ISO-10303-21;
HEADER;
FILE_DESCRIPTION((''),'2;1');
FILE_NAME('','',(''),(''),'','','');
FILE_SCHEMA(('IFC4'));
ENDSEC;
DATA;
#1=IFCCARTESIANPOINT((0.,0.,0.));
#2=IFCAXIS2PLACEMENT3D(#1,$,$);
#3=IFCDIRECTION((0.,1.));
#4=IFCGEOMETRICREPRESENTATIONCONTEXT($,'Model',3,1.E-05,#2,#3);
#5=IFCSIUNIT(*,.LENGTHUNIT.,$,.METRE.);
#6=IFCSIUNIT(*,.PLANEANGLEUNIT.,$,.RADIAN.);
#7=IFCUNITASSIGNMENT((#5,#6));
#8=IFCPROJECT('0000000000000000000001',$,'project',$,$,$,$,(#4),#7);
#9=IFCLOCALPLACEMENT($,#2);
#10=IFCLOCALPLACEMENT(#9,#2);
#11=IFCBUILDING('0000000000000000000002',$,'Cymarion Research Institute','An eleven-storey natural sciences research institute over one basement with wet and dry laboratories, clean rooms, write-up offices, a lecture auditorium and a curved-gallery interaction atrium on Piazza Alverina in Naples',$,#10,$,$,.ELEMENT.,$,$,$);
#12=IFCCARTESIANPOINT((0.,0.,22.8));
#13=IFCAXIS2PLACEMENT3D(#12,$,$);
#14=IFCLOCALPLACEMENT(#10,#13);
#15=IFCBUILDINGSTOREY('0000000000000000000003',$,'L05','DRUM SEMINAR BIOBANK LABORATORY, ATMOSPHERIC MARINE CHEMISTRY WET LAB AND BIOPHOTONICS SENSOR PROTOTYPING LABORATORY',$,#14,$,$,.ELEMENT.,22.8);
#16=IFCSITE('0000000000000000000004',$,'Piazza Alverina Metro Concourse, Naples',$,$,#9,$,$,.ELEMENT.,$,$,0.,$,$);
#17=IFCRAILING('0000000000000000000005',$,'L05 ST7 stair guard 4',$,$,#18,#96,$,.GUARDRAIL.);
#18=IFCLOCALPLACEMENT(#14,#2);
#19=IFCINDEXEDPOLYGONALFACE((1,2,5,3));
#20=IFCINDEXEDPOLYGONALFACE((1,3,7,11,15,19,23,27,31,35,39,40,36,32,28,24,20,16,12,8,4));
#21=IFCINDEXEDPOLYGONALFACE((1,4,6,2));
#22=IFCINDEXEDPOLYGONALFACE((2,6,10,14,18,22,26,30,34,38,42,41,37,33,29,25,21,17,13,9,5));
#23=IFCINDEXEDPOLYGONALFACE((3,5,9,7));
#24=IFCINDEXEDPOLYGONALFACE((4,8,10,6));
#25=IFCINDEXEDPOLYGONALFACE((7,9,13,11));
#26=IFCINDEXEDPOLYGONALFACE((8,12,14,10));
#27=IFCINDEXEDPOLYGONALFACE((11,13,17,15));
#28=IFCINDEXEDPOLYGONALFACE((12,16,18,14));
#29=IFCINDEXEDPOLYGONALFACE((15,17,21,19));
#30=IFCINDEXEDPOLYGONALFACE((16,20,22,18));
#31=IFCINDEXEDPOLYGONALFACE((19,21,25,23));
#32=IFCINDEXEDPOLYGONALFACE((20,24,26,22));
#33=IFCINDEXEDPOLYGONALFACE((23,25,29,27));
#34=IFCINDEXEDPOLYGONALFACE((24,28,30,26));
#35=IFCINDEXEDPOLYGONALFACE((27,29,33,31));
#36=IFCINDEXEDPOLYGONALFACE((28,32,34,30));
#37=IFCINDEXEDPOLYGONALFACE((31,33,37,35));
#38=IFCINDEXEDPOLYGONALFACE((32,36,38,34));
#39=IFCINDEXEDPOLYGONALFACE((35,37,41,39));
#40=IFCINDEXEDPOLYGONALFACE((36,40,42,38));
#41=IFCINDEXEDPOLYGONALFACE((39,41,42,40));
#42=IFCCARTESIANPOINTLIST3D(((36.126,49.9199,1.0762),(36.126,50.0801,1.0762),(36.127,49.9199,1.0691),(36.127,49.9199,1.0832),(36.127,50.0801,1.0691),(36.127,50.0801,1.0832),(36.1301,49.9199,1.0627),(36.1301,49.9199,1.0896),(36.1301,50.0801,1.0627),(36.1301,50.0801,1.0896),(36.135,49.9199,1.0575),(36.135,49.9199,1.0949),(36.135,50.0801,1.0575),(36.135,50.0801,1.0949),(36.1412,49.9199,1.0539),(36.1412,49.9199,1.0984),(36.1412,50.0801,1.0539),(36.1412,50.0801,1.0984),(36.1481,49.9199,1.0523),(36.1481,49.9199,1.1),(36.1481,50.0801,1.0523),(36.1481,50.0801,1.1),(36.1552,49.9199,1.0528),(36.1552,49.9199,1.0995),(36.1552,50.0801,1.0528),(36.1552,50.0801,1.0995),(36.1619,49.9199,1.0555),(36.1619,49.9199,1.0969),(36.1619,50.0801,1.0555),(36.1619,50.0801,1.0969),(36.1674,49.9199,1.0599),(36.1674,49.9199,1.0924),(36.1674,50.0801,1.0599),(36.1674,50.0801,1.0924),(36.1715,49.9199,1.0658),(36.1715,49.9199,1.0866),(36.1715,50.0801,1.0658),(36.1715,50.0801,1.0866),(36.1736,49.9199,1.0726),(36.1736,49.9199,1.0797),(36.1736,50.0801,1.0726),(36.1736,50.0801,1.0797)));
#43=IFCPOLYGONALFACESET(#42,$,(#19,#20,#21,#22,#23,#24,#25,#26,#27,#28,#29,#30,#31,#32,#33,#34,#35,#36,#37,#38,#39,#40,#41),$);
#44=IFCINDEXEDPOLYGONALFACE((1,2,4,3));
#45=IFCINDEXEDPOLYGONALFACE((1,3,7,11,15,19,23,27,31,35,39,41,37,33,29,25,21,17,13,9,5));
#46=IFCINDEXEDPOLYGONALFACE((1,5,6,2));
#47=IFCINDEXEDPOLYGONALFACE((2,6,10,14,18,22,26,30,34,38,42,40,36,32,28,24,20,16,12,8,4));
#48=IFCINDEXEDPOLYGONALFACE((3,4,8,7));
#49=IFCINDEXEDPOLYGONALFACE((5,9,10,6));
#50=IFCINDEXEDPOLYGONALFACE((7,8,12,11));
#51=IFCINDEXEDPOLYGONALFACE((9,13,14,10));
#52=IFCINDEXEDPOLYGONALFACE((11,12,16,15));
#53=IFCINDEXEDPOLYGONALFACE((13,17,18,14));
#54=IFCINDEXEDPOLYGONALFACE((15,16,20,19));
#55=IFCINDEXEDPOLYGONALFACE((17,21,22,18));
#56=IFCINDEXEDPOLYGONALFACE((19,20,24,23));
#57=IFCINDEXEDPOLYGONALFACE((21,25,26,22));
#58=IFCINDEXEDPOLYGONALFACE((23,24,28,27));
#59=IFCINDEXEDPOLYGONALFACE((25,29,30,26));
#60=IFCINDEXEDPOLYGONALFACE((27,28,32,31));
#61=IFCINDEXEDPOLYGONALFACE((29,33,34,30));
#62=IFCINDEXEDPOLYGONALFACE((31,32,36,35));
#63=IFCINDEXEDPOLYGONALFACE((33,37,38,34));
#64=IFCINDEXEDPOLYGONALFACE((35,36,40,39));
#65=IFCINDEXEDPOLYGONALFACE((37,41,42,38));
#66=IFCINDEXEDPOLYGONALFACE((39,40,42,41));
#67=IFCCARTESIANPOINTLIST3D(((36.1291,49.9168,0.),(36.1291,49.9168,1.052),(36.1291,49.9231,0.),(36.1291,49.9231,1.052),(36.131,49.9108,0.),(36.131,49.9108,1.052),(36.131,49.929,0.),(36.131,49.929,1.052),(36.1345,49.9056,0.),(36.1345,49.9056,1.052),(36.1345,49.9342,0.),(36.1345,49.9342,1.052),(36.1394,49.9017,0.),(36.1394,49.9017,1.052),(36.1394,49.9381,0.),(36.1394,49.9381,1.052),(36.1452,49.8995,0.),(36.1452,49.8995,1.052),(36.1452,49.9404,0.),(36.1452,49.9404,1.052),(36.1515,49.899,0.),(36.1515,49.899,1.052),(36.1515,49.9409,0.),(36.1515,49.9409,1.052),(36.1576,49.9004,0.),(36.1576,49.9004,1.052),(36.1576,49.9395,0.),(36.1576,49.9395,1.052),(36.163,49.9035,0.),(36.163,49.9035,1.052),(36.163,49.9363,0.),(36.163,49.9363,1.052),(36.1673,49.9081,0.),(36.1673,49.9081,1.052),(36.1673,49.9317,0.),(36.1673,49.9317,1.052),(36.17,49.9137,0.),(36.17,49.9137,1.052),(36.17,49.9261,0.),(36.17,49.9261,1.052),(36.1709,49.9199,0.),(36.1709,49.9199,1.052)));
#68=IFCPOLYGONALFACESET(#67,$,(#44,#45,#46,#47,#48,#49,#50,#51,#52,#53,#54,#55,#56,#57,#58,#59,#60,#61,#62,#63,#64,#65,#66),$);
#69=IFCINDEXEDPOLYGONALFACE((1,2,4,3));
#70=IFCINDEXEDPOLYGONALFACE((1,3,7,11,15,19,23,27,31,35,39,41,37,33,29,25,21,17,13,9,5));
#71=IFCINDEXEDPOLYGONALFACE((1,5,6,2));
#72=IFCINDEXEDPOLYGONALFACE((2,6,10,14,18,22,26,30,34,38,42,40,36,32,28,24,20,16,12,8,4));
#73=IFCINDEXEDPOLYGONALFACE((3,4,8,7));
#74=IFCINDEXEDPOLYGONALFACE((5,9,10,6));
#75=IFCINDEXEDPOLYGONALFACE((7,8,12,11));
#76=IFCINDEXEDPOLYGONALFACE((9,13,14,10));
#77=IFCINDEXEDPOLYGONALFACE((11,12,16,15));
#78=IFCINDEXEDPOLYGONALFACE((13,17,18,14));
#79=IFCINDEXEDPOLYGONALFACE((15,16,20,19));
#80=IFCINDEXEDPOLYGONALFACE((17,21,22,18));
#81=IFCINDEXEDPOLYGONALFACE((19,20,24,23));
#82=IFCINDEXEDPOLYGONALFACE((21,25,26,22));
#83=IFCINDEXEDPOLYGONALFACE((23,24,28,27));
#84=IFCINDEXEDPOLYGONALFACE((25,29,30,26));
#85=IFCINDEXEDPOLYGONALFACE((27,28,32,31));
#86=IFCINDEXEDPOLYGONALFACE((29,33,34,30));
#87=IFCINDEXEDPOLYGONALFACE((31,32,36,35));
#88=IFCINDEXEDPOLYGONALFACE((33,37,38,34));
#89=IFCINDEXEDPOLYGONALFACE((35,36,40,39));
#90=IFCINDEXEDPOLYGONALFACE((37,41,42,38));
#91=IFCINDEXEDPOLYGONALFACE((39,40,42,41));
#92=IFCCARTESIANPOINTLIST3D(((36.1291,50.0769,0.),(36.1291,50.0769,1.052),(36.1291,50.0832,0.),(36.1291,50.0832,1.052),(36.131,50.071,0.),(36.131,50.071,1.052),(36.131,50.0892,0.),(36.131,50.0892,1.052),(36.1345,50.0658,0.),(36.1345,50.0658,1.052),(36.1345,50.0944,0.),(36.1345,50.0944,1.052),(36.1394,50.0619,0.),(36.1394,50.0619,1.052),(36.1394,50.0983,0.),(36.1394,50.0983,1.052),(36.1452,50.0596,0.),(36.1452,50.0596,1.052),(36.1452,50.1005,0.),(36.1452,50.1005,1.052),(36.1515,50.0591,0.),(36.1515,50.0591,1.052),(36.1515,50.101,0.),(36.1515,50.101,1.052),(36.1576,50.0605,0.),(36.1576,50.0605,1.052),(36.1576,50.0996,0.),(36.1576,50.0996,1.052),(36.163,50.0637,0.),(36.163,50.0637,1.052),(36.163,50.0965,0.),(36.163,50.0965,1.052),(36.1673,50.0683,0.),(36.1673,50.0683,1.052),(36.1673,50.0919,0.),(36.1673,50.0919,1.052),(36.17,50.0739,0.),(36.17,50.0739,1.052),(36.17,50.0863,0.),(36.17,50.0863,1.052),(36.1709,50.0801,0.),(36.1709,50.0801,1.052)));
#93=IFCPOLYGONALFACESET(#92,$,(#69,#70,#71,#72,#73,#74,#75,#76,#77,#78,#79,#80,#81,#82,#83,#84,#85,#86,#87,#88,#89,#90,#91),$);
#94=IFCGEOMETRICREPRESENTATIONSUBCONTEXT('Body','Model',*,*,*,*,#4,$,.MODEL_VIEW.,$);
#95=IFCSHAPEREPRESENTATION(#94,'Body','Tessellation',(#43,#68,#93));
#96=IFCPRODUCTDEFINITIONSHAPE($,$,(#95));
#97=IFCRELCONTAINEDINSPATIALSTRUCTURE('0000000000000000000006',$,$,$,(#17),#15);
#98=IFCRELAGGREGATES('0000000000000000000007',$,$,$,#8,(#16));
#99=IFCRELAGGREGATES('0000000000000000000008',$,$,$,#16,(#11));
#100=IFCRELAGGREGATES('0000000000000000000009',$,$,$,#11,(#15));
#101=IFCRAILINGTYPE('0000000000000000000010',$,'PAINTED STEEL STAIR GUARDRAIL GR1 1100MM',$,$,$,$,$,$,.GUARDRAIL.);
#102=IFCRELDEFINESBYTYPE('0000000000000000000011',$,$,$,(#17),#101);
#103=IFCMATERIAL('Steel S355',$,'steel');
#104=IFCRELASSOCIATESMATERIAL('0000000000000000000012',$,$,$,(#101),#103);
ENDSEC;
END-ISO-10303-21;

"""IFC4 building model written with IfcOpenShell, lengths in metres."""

from ifc_helpers import new_model, si_unit, direction, frame, origin, origin_2d, place, context, subcontext, project, spatial, circle, extrude, material, type_object, element, save


model = new_model("IFC4")

# Units and contexts
model_context = context("Model", 3, precision=1e-05, world=origin(), true_north=direction((0.0, 1.0)))
body_context = subcontext(model_context, "Body", "Model", "MODEL_VIEW")
ifc_project = project(units=[si_unit("LENGTHUNIT", "METRE"), si_unit("PLANEANGLEUNIT", "RADIAN")], contexts=[model_context])

# Site, building, storey
site_placement = place(None, origin())
site = spatial("IfcSite", under=ifc_project, at=site_placement, Name="Piazza Alverina Metro Concourse, Naples", CompositionType="ELEMENT", RefElevation=0.0)
building_placement = place(site_placement, origin())
building = spatial("IfcBuilding", under=site, at=building_placement, Name="Cymarion Research Institute", Description="An eleven-storey natural sciences research institute over one basement with wet and dry laboratories, clean rooms, write-up offices, a lecture auditorium and a curved-gallery interaction atrium on Piazza Alverina in Naples", CompositionType="ELEMENT")
storey_placement = place(building_placement, frame((0.0, 0.0, 22.8)))
storey = spatial("IfcBuildingStorey", under=building, at=storey_placement, Name="L05", Description="DRUM SEMINAR BIOBANK LABORATORY, ATMOSPHERIC MARINE CHEMISTRY WET LAB AND BIOPHOTONICS SENSOR PROTOTYPING LABORATORY", CompositionType="ELEMENT", Elevation=22.8)

# Shared definitions
ifc_material_1 = material(Name="Steel S355", Category="steel")

# Railing
railing_type_1 = type_object("IfcRailingType", Name="PAINTED STEEL STAIR GUARDRAIL GR1 1100MM", PredefinedType="GUARDRAIL", material=ifc_material_1)
railing_1_placement = place(storey_placement, frame((36.1499, 49.9199, 0.0)))
element("IfcRailing", 1, at=railing_1_placement, inside=storey, type_object=railing_type_1, Name="L05 ST7 stair guard 4", PredefinedType="GUARDRAIL", context=body_context, shape_type="SweptSolid", body=[
    extrude(circle(Radius=0.0239, at=origin_2d()), frame((0.0, 0.0, 1.0762), z_axis=(0.0, 1.0, 0.0), x_axis=(-1.0, 0.0, 0.0)), (0.0, 0.0, 1.0), 0.1602),
    extrude(circle(Radius=0.021, at=origin_2d()), origin(), (0.0, 0.0, 1.0), 1.052),
    extrude(circle(Radius=0.021, at=origin_2d()), frame((0.0, 0.1602, 0.0)), (0.0, 0.0, 1.0), 1.052),
])

save(model, "model.ifc")
